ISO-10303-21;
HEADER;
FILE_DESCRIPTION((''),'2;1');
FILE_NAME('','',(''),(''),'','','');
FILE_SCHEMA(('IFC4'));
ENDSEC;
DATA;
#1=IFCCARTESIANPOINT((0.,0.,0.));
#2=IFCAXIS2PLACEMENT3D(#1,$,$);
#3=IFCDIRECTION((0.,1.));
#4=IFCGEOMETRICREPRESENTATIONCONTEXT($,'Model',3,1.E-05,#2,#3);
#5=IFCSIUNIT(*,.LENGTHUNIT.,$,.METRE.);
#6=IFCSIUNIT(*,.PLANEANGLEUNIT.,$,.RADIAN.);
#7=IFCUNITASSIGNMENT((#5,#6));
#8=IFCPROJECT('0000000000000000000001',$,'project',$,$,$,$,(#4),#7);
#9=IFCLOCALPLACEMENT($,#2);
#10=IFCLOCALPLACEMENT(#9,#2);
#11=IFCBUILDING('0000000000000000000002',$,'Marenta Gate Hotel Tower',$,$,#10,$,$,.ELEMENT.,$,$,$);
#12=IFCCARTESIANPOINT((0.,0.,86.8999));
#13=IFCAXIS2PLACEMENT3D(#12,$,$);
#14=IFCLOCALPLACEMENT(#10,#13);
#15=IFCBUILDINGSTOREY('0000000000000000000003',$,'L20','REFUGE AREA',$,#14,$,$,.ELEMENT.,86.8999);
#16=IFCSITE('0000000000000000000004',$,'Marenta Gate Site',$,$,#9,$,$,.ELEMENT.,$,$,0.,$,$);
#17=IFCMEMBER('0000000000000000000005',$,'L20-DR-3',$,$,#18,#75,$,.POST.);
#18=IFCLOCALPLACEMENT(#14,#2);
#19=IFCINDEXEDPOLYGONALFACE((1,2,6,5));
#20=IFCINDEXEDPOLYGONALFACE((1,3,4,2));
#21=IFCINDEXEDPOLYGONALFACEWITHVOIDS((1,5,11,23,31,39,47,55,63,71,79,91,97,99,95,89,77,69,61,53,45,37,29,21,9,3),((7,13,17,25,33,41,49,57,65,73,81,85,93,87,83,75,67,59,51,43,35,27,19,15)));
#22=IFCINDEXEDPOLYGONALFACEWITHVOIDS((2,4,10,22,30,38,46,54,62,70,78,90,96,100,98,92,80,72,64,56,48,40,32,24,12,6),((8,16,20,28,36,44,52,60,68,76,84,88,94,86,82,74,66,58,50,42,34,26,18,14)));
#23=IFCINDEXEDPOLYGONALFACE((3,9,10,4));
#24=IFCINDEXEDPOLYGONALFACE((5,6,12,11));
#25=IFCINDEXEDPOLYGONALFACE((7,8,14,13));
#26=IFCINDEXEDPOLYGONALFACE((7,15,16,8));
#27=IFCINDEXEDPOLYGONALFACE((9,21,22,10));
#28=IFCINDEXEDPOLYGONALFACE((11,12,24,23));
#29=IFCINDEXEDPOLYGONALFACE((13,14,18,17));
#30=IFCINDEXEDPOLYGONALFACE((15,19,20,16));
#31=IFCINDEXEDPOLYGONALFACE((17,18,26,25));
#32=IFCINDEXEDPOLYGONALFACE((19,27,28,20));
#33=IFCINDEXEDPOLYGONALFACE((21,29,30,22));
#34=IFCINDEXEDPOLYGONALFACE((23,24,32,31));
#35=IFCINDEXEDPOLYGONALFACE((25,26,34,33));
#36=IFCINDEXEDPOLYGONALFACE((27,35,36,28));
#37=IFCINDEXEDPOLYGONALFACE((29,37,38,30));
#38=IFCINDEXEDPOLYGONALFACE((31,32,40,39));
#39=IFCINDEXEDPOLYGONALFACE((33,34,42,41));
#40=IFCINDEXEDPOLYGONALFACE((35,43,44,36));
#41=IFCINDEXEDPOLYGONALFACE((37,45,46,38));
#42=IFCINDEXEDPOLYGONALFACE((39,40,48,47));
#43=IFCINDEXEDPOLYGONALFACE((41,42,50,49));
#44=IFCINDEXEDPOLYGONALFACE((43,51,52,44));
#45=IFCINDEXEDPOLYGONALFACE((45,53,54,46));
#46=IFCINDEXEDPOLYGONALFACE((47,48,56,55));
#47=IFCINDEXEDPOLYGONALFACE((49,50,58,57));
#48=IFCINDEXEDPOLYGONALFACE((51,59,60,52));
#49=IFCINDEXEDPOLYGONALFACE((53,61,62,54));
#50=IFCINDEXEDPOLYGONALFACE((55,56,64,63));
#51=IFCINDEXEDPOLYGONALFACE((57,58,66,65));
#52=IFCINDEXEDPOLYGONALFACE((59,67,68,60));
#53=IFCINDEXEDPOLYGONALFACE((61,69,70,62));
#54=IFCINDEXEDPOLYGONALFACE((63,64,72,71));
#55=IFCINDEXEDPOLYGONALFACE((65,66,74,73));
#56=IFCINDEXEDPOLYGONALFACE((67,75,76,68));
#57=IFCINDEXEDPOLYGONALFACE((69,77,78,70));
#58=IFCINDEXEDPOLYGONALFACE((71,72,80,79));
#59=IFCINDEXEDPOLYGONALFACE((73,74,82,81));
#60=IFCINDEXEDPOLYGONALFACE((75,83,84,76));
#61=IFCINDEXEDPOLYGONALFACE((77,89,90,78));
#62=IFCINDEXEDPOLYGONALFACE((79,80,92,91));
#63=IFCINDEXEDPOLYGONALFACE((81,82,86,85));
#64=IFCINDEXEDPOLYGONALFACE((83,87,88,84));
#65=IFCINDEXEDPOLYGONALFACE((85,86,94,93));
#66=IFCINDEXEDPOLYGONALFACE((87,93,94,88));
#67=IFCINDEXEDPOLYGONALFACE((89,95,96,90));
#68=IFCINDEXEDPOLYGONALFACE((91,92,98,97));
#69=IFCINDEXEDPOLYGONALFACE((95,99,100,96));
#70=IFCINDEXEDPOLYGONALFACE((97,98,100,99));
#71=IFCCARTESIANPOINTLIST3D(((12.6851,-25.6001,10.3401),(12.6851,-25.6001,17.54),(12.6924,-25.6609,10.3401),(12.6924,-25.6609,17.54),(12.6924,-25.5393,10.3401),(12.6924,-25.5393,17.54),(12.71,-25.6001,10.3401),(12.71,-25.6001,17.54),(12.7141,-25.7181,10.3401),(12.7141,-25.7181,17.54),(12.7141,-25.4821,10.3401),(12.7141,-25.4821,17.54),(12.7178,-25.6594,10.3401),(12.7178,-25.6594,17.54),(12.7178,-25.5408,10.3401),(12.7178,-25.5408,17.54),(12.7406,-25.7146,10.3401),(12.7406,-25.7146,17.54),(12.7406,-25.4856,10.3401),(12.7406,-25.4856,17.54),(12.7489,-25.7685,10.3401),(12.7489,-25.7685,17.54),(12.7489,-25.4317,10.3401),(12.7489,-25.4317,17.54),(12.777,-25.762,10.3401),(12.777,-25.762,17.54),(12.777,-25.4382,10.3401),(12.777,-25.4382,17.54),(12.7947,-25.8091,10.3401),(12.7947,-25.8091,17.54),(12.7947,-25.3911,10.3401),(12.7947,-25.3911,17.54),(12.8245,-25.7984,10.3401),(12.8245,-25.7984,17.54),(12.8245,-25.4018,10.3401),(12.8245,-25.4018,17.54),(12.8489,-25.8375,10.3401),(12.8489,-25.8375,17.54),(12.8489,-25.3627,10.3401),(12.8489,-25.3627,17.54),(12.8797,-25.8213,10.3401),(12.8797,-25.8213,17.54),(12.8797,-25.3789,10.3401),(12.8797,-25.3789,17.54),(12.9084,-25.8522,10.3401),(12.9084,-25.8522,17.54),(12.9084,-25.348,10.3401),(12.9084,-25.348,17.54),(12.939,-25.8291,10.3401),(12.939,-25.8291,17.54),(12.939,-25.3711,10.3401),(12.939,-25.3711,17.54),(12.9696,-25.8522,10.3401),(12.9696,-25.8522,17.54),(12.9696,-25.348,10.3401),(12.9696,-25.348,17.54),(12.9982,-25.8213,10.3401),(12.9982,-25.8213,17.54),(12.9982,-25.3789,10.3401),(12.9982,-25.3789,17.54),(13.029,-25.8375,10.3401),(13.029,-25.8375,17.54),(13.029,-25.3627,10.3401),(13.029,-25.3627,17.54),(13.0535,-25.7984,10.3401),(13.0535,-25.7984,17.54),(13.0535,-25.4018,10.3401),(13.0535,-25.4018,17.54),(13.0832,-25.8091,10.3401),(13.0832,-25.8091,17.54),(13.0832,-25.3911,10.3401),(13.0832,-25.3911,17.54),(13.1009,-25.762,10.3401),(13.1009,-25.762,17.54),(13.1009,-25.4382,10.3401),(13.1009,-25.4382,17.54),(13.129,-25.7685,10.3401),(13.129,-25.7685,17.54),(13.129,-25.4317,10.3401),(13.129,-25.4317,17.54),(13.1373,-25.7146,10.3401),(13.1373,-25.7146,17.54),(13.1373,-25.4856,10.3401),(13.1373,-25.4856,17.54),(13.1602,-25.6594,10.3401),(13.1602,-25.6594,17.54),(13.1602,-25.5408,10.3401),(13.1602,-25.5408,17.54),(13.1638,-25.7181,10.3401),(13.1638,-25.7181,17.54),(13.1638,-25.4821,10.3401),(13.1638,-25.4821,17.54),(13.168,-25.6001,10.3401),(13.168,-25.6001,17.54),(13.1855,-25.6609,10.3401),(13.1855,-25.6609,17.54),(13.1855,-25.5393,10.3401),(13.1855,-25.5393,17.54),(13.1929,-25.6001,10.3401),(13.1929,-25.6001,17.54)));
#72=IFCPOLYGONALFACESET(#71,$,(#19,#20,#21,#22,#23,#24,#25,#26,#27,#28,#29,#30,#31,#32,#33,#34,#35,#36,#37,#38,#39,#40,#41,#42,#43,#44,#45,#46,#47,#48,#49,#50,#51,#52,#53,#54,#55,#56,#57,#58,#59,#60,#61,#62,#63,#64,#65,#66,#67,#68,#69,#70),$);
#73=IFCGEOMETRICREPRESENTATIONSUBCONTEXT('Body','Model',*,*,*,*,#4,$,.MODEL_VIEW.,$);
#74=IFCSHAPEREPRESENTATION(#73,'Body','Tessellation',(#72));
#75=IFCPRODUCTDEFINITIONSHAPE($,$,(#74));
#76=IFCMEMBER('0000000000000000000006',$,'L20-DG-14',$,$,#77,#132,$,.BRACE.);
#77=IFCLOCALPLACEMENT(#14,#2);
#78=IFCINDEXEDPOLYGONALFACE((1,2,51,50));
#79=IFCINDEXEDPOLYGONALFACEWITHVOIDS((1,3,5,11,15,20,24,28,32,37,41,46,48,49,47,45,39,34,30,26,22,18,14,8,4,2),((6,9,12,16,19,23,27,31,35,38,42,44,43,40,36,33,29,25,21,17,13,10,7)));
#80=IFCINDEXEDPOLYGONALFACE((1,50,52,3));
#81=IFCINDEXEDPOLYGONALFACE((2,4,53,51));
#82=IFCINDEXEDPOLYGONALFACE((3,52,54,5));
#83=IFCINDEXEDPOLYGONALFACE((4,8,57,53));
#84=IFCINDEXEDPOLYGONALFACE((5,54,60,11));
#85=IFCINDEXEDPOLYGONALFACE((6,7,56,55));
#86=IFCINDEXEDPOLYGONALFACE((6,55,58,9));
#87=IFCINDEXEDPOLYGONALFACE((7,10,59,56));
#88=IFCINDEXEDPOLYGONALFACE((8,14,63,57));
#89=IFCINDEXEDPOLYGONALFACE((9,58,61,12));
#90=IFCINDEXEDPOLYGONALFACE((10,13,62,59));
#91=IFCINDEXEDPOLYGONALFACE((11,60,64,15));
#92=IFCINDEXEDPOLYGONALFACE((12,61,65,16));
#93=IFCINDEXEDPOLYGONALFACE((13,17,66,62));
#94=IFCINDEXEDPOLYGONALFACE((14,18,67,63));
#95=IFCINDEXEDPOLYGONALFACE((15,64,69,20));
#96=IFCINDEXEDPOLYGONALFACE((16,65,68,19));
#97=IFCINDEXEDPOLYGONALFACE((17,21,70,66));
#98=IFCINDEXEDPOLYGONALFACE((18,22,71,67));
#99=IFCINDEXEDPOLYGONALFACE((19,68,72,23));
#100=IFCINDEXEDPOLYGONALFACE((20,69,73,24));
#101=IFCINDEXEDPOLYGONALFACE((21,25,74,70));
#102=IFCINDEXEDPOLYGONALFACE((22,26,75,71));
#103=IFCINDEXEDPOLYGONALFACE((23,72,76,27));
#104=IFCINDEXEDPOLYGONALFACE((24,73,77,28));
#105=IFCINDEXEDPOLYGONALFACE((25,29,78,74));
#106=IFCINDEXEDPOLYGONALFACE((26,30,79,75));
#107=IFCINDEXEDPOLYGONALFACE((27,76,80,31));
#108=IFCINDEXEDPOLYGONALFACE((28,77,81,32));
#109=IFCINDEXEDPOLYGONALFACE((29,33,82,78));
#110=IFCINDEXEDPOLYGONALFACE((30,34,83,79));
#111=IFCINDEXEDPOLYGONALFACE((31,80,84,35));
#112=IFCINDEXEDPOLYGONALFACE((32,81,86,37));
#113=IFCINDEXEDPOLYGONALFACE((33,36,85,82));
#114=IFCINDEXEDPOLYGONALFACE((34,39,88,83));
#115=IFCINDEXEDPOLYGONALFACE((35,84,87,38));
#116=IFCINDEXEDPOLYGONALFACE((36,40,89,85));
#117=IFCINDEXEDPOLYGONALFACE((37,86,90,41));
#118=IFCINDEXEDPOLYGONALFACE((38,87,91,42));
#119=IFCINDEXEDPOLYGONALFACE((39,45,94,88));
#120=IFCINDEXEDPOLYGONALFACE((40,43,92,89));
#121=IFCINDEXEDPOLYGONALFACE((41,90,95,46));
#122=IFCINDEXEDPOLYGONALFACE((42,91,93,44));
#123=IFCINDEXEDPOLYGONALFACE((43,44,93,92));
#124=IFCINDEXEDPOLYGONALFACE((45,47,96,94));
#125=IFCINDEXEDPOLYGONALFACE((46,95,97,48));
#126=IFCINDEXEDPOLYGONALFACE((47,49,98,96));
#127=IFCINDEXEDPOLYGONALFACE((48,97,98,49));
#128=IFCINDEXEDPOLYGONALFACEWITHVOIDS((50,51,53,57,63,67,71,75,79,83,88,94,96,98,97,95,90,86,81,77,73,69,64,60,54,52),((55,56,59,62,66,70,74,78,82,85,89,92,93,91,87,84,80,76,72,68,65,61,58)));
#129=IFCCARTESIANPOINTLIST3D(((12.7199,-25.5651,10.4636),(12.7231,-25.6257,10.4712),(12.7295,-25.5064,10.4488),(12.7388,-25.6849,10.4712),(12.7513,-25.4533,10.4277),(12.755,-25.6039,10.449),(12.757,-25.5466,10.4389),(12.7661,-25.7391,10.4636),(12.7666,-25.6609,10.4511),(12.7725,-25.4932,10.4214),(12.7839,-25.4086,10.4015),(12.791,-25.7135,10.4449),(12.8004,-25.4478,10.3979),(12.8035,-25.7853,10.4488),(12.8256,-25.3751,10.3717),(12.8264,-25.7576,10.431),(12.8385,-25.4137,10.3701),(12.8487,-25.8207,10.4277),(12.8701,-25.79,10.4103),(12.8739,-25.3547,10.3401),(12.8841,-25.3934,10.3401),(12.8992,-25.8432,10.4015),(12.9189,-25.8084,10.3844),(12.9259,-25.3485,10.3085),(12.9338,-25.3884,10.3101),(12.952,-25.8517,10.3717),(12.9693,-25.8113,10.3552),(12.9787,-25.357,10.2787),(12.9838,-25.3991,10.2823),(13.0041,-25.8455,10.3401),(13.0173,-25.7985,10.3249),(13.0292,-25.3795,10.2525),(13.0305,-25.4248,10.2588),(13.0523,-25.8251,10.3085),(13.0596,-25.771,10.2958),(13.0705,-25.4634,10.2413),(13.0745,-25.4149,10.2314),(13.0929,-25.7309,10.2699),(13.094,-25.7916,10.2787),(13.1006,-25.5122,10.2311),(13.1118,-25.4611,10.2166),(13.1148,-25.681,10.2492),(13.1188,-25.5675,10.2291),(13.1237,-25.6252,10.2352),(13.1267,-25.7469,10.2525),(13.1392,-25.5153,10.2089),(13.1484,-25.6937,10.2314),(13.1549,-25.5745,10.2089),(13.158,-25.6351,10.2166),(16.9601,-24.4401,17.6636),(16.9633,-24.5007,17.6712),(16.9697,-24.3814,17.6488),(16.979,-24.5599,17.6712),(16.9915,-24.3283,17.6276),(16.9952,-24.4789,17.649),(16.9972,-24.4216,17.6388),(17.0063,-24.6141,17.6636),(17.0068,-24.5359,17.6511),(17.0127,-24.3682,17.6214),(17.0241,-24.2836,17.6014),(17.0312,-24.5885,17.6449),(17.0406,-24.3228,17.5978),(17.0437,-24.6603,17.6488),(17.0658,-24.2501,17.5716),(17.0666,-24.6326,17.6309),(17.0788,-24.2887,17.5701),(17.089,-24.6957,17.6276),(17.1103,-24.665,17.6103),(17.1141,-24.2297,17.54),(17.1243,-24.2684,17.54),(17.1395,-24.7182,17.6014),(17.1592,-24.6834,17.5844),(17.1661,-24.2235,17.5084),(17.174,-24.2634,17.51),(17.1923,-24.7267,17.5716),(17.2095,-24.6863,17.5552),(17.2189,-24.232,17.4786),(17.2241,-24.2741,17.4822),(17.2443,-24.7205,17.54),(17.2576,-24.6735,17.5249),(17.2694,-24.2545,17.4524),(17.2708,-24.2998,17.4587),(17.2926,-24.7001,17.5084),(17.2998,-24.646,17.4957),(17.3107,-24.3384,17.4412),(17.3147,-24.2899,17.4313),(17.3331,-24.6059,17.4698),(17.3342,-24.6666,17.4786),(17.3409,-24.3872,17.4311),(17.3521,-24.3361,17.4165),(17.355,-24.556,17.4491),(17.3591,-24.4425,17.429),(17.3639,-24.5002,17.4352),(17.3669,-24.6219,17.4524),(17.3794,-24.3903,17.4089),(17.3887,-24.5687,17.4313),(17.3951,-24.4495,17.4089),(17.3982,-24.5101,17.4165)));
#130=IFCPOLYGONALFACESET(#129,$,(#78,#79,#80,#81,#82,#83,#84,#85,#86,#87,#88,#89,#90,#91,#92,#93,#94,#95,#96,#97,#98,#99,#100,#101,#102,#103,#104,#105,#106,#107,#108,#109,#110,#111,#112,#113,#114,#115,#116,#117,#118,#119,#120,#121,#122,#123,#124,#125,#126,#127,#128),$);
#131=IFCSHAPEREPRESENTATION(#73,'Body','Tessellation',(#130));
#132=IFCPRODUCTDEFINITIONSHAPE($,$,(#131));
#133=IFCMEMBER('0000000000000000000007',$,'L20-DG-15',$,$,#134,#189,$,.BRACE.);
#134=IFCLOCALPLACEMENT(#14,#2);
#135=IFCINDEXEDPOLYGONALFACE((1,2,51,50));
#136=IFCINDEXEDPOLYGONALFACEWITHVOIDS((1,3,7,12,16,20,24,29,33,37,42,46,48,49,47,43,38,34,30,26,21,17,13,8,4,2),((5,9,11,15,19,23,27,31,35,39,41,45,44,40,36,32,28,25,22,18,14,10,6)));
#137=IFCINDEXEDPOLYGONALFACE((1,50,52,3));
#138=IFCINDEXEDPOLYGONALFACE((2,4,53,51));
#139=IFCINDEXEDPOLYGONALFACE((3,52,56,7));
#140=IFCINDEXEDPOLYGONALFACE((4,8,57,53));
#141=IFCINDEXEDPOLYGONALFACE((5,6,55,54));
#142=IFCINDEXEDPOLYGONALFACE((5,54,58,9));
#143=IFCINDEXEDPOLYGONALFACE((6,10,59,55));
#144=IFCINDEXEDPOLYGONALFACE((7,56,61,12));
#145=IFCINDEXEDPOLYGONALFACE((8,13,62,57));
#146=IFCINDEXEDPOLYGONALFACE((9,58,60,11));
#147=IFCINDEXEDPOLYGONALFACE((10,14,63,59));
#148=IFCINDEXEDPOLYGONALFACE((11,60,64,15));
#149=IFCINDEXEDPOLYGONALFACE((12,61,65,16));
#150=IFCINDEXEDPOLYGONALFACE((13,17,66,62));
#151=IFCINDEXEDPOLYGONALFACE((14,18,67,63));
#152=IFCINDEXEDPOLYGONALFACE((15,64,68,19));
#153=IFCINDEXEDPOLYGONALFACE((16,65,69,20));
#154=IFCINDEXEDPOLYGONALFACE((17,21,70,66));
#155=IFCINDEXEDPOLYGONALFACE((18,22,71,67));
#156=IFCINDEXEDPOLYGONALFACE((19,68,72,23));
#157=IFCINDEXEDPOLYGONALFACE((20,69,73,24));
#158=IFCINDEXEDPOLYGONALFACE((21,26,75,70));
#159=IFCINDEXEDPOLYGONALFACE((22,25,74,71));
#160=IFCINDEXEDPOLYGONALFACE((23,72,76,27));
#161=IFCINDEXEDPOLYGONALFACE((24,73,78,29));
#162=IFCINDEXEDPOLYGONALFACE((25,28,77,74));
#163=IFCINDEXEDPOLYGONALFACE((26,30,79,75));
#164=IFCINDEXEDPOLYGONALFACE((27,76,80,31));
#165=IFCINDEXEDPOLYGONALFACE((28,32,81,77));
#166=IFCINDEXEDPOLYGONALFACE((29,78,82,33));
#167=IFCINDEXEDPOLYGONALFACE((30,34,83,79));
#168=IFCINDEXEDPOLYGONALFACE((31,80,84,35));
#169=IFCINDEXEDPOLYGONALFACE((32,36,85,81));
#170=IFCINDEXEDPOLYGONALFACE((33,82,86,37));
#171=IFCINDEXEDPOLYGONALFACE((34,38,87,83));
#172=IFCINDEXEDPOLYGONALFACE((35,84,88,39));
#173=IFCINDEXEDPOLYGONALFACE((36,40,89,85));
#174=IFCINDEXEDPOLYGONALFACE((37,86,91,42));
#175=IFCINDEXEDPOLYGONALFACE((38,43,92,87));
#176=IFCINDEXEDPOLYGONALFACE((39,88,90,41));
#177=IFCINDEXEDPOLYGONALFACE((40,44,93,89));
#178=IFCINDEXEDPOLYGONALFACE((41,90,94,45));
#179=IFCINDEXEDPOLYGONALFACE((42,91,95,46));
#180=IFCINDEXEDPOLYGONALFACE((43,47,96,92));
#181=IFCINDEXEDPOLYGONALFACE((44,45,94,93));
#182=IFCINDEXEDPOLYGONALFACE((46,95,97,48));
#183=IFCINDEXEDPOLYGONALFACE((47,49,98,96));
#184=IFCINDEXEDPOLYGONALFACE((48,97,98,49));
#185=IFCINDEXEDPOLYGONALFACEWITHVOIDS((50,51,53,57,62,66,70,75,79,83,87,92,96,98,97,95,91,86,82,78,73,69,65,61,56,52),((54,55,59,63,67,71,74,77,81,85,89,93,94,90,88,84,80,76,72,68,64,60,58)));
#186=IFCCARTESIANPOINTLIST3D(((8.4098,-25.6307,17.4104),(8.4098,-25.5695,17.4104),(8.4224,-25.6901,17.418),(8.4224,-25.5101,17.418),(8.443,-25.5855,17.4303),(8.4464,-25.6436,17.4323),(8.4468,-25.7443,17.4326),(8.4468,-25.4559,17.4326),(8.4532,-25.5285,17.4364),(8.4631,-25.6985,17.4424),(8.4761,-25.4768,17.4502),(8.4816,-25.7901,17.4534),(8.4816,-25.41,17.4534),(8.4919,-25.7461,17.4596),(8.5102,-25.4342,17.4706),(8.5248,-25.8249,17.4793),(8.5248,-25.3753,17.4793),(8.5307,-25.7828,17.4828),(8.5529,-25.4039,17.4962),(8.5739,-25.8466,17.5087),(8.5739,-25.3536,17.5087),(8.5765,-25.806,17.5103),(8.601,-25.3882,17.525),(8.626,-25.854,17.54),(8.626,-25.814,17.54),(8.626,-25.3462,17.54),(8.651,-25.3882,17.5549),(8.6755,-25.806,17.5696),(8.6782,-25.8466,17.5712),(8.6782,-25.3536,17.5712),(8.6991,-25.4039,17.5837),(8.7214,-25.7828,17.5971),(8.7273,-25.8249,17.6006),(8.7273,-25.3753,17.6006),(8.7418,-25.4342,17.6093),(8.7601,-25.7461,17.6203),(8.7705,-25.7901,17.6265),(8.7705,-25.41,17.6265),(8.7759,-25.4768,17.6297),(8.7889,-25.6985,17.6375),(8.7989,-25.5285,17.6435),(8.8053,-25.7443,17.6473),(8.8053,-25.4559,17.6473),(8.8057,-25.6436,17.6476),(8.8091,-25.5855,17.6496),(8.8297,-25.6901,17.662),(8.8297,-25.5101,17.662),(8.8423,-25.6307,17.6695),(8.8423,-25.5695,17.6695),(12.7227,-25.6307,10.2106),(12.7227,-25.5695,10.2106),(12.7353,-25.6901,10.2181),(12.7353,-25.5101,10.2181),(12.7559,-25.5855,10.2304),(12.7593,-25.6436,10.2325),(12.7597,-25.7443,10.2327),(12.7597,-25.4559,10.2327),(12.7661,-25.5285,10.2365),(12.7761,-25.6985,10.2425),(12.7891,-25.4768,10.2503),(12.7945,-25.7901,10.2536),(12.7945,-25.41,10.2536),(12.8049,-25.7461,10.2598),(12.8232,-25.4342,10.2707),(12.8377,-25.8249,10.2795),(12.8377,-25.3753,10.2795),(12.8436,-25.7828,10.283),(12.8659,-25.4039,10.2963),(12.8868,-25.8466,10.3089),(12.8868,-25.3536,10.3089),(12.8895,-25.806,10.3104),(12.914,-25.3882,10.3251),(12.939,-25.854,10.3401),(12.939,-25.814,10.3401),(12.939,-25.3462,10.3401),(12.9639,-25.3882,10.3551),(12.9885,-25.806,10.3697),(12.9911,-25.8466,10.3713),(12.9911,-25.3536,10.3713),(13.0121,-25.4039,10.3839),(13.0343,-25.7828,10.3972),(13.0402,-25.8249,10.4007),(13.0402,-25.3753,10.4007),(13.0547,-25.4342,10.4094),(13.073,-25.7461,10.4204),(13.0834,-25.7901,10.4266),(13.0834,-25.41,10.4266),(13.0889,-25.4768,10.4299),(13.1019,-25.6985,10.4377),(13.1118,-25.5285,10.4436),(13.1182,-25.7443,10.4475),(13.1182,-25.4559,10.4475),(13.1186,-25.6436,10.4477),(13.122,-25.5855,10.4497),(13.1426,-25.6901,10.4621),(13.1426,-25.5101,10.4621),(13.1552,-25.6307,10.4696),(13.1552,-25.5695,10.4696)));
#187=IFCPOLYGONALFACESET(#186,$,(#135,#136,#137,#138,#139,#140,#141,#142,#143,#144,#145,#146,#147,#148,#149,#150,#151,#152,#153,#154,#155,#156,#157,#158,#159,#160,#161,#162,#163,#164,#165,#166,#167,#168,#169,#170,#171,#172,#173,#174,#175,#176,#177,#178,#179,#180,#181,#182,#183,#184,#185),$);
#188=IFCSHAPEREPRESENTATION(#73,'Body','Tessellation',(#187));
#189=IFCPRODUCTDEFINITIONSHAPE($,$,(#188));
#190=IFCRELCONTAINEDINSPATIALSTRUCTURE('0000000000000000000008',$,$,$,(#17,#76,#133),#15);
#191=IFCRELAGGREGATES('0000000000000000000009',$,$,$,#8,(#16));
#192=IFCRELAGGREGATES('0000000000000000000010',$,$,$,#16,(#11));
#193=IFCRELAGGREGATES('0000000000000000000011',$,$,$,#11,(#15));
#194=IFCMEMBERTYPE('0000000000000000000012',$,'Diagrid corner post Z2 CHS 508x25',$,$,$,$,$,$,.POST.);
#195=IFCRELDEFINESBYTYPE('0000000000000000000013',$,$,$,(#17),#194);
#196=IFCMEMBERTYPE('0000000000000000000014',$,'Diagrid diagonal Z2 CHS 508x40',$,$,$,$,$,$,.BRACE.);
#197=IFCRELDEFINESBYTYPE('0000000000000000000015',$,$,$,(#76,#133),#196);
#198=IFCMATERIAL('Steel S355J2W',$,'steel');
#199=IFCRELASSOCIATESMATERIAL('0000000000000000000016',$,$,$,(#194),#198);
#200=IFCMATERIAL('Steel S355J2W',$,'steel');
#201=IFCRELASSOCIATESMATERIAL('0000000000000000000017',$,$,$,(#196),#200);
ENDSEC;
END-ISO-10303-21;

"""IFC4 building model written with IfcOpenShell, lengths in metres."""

from ifc_helpers import new_model, si_unit, direction, frame, origin, origin_2d, place, context, subcontext, project, spatial, hollow_circle, extrude, material, material_profile, profile_set, type_object, element, save


model = new_model("IFC4")

# Units and contexts
model_context = context("Model", 3, precision=1e-05, world=origin(), true_north=direction((0.0, 1.0)))
body_context = subcontext(model_context, "Body", "Model", "MODEL_VIEW")
ifc_project = project(units=[si_unit("LENGTHUNIT", "METRE"), si_unit("PLANEANGLEUNIT", "RADIAN")], contexts=[model_context])

# Site, building, storey
site_placement = place(None, origin())
site = spatial("IfcSite", under=ifc_project, at=site_placement, Name="Marenta Gate Site", CompositionType="ELEMENT", RefElevation=0.0)
building_placement = place(site_placement, origin())
building = spatial("IfcBuilding", under=site, at=building_placement, Name="Marenta Gate Hotel Tower", CompositionType="ELEMENT")
storey_placement = place(building_placement, frame((0.0, 0.0, 86.8999)))
storey = spatial("IfcBuildingStorey", under=building, at=storey_placement, Name="L20", Description="REFUGE AREA", CompositionType="ELEMENT", Elevation=86.8999)

# Members
ifc_material_1 = material(Name="Steel S355J2W", Category="steel")
ifc_material_profile_1 = material_profile(ifc_material_1, hollow_circle(Radius=0.2539, WallThickness=0.0249, at=origin_2d()), Name="CHS 508x25")
ifc_profile_set_1 = profile_set([ifc_material_profile_1], Name="Steel S355J2W")
member_type_1 = type_object("IfcMemberType", Name="Diagrid corner post Z2 CHS 508x25", PredefinedType="POST", material=ifc_profile_set_1)
member_1_placement = place(storey_placement, frame((12.939, -25.6001, 10.3401), z_axis=(0.0, 0.0, 1.0), x_axis=(1.0, 0.0, 0.0)))
element("IfcMember", 1, at=member_1_placement, inside=storey, type_object=member_type_1, Name="L20-DR-3", PredefinedType="POST", context=body_context, shape_type="SweptSolid", body=[
    extrude(hollow_circle(Radius=0.2539, WallThickness=0.0249, at=origin_2d()), origin(), (0.0, 0.0, 1.0), 7.2),
])
ifc_material_2 = material(Name="Steel S355J2W", Category="steel")
ifc_material_profile_2 = material_profile(ifc_material_2, hollow_circle(Radius=0.2539, WallThickness=0.04, at=origin_2d()), Name="CHS 508x40")
ifc_profile_set_2 = profile_set([ifc_material_profile_2], Name="Steel S355J2W")
member_type_2 = type_object("IfcMemberType", Name="Diagrid diagonal Z2 CHS 508x40", PredefinedType="BRACE", material=ifc_profile_set_2)
member_2_placement = place(storey_placement, frame((12.939, -25.6001, 10.3401), z_axis=(0.502924, 0.133434, 0.853969), x_axis=(-0.256443, 0.966559, 0.0)))
element("IfcMember", 2, at=member_2_placement, inside=storey, type_object=member_type_2, Name="L20-DG-14", PredefinedType="BRACE", context=body_context, shape_type="SweptSolid", body=[
    extrude(hollow_circle(Radius=0.2539, WallThickness=0.04, at=origin_2d()), origin(), (0.0, 0.0, 1.0), 8.4312),
])
for number, where, z_axis, x_axis, name in (
    (3, (12.939, -25.6001, 10.3401), (-0.513884, 0.0, 0.85786), (0.0, -1.0, 0.0), "L20-DG-15"),
):
    element("IfcMember", number, at=place(storey_placement, frame(where, z_axis=z_axis, x_axis=x_axis)), inside=storey, type_object=member_type_2, Name=name, PredefinedType="BRACE", context=body_context, shape_type="SweptSolid", body=[
        extrude(hollow_circle(Radius=0.2539, WallThickness=0.04, at=origin_2d()), origin(), (0.0, 0.0, 1.0), 8.3928),
    ])

save(model, "model.ifc")
